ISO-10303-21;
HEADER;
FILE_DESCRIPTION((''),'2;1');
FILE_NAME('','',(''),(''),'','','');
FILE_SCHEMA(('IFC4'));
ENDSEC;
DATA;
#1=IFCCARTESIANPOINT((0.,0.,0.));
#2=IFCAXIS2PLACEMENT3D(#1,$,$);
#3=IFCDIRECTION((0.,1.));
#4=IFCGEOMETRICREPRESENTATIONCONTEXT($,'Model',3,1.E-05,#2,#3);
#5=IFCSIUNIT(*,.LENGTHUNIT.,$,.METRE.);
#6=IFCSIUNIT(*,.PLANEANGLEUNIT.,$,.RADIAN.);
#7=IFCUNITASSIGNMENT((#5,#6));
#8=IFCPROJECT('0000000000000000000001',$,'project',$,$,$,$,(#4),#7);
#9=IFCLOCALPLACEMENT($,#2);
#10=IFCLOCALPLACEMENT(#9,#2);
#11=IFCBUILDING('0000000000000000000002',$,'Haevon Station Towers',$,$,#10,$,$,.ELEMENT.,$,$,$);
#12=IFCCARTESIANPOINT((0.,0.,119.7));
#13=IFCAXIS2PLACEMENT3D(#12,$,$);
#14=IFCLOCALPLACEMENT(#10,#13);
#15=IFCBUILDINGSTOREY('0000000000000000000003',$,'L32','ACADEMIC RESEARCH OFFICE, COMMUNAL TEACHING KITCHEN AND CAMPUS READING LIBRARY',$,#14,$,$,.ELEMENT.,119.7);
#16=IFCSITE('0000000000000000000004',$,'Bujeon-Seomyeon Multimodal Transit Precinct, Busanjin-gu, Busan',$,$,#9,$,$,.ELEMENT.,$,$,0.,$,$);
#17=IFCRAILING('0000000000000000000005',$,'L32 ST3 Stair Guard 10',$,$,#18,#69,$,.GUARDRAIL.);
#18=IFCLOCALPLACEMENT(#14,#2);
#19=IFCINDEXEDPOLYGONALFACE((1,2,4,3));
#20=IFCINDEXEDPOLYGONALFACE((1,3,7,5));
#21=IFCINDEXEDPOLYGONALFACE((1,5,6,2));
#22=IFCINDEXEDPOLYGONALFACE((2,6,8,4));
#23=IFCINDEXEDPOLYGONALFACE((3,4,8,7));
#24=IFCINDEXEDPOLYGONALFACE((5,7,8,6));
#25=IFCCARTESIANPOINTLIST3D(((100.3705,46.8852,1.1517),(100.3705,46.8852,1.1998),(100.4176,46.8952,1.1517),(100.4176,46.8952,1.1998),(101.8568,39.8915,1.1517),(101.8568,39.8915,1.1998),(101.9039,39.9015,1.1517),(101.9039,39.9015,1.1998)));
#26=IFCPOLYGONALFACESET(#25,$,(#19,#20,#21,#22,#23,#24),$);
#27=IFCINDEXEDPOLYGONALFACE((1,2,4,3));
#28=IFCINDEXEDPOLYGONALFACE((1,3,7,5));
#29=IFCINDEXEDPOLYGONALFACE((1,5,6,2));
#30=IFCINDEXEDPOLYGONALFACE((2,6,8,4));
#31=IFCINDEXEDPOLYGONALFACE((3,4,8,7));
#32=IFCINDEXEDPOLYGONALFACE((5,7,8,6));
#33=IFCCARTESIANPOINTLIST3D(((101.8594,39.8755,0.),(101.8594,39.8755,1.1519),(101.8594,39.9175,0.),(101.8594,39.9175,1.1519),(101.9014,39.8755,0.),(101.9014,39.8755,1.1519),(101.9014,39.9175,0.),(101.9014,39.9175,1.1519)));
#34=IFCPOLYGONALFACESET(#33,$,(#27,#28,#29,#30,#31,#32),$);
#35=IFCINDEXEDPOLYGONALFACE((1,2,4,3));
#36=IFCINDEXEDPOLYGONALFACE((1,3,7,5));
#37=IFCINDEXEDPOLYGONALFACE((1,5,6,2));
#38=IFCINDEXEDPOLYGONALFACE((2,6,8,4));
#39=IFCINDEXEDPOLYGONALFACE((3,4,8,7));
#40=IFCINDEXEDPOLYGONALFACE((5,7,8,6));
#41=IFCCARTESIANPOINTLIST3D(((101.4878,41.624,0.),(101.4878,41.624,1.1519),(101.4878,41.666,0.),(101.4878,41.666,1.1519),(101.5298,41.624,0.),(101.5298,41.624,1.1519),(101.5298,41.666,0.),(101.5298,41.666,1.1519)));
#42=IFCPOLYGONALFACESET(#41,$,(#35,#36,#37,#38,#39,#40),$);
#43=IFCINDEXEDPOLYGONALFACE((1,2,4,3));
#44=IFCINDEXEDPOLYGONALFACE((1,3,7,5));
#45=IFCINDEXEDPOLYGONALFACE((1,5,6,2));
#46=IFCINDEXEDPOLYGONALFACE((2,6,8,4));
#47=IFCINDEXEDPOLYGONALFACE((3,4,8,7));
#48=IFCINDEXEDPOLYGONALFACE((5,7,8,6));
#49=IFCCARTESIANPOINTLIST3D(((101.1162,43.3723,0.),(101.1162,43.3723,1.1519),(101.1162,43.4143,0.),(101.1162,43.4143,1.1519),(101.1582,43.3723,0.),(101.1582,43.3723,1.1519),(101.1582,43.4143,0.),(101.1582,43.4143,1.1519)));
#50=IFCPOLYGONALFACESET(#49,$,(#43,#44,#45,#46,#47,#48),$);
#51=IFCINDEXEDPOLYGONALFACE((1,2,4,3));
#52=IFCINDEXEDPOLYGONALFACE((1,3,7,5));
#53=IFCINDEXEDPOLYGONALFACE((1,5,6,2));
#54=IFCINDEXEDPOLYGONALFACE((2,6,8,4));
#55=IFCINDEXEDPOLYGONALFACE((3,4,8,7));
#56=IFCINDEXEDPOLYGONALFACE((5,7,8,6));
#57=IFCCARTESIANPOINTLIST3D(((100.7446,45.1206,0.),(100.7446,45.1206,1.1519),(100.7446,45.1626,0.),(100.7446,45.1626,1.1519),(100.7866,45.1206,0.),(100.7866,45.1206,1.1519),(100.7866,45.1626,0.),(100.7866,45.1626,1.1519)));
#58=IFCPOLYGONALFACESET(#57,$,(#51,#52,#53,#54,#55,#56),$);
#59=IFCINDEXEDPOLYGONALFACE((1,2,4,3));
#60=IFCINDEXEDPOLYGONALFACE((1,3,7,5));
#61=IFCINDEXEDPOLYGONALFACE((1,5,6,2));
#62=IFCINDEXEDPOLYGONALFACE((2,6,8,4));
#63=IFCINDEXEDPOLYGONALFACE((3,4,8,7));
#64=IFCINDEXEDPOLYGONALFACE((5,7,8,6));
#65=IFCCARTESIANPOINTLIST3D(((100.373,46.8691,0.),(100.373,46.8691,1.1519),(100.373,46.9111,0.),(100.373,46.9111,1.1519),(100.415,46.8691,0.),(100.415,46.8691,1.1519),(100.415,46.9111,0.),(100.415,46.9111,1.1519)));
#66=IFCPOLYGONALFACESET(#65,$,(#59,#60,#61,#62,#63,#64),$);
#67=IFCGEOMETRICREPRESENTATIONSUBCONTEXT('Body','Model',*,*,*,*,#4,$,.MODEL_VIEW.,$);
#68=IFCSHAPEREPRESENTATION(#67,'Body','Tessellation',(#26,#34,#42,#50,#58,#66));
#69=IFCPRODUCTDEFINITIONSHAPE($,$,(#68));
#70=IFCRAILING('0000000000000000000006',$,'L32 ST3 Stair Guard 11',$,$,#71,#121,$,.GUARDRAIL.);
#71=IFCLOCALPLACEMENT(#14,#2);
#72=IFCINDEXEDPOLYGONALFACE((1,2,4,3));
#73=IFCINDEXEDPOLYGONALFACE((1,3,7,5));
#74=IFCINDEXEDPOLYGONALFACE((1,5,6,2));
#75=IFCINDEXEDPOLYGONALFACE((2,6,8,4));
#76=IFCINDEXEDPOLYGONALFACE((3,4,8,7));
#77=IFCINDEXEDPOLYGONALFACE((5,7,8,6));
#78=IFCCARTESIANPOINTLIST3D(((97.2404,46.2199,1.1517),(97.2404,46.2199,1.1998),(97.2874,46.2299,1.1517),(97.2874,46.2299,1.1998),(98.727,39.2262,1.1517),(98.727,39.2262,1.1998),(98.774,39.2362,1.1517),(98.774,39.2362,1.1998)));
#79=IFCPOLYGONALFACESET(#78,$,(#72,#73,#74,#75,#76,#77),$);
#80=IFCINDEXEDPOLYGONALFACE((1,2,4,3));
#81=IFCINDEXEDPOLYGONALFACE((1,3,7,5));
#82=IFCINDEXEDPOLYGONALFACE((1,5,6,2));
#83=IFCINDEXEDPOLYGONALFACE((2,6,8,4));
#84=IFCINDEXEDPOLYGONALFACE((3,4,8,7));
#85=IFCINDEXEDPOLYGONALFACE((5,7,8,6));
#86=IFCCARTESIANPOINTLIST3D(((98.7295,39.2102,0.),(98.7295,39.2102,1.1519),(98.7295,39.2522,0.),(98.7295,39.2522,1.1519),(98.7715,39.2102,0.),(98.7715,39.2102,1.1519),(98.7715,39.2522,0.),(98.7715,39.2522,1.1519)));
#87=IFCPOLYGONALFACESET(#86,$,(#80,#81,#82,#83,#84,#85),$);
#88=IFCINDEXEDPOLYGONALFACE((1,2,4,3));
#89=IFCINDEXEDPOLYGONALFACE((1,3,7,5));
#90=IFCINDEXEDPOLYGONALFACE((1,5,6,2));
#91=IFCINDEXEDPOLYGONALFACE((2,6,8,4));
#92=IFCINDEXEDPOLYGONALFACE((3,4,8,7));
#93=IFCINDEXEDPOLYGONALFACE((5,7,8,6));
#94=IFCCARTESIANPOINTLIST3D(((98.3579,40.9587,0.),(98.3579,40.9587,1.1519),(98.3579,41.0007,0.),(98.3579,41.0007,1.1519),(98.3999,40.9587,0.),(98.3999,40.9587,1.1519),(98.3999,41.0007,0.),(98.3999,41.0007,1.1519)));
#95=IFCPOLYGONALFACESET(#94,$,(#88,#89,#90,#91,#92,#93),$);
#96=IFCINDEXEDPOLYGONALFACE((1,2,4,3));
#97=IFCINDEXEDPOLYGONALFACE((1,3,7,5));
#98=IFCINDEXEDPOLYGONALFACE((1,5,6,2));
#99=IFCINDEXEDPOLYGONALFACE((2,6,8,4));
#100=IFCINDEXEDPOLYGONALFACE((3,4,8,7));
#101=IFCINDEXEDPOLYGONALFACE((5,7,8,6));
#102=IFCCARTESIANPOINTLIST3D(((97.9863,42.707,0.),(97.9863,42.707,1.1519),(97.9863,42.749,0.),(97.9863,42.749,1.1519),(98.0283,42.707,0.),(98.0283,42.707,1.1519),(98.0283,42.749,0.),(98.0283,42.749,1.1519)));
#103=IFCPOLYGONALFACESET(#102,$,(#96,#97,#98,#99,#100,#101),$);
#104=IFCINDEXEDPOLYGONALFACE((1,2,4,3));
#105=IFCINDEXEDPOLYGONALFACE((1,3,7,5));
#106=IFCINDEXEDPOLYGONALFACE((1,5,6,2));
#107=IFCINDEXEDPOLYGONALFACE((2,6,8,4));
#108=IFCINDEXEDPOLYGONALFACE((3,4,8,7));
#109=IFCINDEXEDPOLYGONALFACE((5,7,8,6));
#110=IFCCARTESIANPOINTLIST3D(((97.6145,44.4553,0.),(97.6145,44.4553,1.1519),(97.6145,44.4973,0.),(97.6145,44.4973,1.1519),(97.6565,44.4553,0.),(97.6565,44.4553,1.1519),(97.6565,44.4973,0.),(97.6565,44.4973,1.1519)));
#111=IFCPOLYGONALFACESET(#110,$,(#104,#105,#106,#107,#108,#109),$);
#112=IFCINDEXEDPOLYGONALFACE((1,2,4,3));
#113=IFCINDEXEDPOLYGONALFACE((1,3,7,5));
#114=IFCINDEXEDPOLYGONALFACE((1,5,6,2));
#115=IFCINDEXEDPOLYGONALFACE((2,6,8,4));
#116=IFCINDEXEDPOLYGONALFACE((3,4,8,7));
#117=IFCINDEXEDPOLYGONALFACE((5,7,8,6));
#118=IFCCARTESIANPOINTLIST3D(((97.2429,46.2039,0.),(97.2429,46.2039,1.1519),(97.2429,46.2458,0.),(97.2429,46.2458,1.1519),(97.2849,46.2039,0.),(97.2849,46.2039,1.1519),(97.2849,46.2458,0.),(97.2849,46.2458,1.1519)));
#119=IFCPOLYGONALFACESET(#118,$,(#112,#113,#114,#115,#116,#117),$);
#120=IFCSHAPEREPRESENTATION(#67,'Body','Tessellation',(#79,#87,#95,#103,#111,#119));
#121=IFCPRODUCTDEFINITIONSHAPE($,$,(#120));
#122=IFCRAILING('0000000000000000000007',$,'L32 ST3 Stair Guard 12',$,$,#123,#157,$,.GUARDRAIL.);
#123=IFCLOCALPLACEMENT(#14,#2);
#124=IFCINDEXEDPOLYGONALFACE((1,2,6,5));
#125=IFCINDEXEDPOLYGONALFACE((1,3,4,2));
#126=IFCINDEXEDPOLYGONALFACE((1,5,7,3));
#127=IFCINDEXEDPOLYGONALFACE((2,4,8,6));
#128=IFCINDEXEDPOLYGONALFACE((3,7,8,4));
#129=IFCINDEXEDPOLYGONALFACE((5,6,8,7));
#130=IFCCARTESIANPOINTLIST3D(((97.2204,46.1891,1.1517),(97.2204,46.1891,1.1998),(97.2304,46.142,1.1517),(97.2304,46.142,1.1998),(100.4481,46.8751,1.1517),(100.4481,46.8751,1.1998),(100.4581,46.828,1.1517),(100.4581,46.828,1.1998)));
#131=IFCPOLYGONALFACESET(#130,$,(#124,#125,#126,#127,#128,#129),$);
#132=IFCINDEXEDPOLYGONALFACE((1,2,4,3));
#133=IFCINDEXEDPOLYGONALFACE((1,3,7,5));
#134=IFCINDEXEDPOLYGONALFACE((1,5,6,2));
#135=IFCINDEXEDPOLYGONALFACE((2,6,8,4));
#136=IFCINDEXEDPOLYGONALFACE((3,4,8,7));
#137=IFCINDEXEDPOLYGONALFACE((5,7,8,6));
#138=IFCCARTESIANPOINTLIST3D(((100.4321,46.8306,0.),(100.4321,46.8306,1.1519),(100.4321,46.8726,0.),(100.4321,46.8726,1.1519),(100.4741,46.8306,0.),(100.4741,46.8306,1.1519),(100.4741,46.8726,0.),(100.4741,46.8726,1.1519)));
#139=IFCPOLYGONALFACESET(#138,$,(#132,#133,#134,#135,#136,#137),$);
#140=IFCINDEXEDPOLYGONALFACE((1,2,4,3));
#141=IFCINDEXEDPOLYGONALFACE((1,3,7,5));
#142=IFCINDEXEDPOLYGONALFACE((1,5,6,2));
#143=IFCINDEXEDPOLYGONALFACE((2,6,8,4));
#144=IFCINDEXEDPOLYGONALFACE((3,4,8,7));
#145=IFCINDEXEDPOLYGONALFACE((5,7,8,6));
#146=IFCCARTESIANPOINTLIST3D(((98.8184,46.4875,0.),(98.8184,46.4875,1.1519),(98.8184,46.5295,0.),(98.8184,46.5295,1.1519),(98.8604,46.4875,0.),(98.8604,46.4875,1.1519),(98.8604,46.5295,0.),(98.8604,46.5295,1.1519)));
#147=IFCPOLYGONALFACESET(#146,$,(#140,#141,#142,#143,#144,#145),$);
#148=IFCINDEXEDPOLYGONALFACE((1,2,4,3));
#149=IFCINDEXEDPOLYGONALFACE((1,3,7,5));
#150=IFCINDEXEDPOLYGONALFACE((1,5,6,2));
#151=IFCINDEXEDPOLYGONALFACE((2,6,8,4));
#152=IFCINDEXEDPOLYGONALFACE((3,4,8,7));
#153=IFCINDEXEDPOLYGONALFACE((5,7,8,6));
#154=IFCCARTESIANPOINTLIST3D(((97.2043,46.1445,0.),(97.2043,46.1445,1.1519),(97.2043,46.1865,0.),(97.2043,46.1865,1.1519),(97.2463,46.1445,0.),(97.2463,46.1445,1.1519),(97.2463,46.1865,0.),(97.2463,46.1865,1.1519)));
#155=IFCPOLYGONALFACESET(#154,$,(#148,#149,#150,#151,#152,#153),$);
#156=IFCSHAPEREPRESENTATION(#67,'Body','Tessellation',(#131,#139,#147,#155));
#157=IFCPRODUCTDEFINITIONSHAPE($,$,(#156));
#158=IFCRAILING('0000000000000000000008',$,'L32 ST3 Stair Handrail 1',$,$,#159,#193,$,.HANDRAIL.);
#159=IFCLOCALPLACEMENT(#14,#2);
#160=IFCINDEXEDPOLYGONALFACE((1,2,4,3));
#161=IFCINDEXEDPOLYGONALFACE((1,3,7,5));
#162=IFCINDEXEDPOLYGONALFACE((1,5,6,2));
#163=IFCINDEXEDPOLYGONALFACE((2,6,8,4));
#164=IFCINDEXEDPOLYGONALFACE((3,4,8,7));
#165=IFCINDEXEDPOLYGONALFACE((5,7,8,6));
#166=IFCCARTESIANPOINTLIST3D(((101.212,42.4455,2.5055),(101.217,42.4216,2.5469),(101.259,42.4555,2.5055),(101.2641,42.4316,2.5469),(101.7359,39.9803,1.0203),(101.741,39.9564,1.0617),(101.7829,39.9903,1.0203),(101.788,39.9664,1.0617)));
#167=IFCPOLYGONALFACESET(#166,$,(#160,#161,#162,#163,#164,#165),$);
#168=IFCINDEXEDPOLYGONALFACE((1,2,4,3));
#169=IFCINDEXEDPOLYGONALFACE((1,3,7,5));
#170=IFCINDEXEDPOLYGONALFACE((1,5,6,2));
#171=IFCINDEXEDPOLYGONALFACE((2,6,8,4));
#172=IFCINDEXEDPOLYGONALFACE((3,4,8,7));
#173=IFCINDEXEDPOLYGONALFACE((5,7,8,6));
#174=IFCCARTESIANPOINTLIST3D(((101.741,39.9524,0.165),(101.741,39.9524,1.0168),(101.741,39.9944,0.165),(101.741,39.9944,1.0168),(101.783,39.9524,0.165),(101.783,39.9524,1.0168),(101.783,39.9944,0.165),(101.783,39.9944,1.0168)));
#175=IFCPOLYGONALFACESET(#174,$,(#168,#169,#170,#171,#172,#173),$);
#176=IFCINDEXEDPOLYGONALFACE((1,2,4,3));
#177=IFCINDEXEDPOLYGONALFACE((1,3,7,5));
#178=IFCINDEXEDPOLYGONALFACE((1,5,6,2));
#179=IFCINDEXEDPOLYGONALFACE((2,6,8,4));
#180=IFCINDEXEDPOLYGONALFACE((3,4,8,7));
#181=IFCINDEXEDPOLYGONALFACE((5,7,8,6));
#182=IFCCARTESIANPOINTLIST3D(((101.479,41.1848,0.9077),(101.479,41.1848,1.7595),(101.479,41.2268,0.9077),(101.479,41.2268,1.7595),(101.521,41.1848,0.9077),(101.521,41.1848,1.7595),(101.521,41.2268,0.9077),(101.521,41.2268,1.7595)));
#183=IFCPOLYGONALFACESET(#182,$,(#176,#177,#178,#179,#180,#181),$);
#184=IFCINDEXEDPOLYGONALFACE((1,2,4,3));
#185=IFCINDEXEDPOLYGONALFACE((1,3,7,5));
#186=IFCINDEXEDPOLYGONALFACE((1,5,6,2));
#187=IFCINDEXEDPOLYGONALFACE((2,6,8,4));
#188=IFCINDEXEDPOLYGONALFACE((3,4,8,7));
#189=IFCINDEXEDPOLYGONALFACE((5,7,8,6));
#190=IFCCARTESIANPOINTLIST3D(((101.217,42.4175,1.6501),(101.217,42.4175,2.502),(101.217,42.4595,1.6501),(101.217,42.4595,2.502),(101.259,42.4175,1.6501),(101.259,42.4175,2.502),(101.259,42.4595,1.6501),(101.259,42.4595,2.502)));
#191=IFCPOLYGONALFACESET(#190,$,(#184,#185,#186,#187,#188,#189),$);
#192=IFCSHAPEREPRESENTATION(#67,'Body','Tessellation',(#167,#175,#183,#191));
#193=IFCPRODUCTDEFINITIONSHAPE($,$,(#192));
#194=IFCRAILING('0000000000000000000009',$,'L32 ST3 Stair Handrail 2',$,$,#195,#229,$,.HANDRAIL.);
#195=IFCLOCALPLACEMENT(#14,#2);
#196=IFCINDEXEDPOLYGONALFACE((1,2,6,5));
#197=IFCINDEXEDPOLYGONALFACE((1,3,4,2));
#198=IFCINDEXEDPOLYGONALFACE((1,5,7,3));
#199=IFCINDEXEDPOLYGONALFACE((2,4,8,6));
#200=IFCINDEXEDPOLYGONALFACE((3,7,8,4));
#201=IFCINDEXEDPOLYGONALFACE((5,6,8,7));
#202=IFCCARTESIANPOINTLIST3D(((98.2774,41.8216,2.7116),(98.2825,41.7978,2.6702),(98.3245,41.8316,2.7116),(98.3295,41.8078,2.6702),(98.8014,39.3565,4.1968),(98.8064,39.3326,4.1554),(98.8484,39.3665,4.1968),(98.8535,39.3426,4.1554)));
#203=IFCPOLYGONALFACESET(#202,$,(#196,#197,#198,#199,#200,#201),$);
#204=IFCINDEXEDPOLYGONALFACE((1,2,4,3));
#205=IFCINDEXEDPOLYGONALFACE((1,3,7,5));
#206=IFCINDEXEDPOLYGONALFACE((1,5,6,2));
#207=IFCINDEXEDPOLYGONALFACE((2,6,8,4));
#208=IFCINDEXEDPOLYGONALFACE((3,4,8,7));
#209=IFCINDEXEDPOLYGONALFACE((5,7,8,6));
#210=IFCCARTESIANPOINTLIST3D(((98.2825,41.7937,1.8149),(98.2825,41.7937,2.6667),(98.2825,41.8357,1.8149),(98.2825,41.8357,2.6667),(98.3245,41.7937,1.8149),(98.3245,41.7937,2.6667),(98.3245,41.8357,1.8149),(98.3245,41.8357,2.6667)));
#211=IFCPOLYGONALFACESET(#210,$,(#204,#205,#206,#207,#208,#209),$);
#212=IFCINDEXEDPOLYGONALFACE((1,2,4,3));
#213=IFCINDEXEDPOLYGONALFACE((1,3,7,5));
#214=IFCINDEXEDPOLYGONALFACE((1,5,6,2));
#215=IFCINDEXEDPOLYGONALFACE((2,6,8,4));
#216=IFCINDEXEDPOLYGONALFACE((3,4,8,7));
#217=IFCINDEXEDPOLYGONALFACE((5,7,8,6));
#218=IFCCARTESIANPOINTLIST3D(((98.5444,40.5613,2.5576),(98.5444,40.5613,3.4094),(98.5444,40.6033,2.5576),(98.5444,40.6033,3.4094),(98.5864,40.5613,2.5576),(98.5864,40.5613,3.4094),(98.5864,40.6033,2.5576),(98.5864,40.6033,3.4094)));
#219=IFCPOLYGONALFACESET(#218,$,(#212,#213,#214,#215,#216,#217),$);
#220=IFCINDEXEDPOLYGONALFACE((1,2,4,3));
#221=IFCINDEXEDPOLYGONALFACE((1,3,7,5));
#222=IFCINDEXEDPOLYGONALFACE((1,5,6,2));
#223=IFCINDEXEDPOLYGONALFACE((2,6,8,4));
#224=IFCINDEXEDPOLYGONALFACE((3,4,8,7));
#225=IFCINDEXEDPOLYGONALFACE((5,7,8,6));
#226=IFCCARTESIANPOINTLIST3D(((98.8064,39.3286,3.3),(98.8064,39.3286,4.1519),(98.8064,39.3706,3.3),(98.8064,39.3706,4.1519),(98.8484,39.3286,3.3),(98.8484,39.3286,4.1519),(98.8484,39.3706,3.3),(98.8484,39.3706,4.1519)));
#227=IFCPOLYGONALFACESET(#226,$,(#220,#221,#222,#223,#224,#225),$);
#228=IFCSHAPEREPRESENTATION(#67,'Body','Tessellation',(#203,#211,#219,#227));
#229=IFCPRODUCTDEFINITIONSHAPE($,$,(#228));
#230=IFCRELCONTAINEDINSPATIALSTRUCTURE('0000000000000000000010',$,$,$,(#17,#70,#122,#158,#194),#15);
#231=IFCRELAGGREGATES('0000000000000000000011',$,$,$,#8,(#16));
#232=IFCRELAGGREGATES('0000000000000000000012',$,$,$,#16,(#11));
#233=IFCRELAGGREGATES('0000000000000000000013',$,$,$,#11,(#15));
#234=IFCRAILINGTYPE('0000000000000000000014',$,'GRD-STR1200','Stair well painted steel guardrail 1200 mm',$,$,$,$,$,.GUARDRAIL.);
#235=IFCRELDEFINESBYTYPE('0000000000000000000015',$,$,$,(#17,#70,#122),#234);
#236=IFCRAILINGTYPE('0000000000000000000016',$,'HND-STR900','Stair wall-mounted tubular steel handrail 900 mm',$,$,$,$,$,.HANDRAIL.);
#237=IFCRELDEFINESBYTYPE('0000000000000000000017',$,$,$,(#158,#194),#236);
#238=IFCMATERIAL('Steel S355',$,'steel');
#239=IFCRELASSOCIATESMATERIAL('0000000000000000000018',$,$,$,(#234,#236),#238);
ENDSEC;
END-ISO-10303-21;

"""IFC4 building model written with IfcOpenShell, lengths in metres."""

from ifc_helpers import new_model, si_unit, direction, frame, origin, origin_2d, place, context, subcontext, project, spatial, rectangle, extrude, material, type_object, element, save


model = new_model("IFC4")

# Units and contexts
model_context = context("Model", 3, precision=1e-05, world=origin(), true_north=direction((0.0, 1.0)))
body_context = subcontext(model_context, "Body", "Model", "MODEL_VIEW")
ifc_project = project(units=[si_unit("LENGTHUNIT", "METRE"), si_unit("PLANEANGLEUNIT", "RADIAN")], contexts=[model_context])

# Site, building, storey
site_placement = place(None, origin())
site = spatial("IfcSite", under=ifc_project, at=site_placement, Name="Bujeon-Seomyeon Multimodal Transit Precinct, Busanjin-gu, Busan", CompositionType="ELEMENT", RefElevation=0.0)
building_placement = place(site_placement, origin())
building = spatial("IfcBuilding", under=site, at=building_placement, Name="Haevon Station Towers", CompositionType="ELEMENT")
storey_placement = place(building_placement, frame((0.0, 0.0, 119.7)))
storey = spatial("IfcBuildingStorey", under=building, at=storey_placement, Name="L32", Description="ACADEMIC RESEARCH OFFICE, COMMUNAL TEACHING KITCHEN AND CAMPUS READING LIBRARY", CompositionType="ELEMENT", Elevation=119.7)

# Shared definitions
ifc_material_1 = material(Name="Steel S355", Category="steel")

# Railings
railing_type_1 = type_object("IfcRailingType", Name="GRD-STR1200", Description="Stair well painted steel guardrail 1200 mm", PredefinedType="GUARDRAIL", material=ifc_material_1)
railing_1_placement = place(storey_placement, frame((101.8804, 39.8965, 0.0)))
element("IfcRailing", 1, at=railing_1_placement, inside=storey, type_object=railing_type_1, Name="L32 ST3 Stair Guard 10", PredefinedType="GUARDRAIL", context=body_context, shape_type="SweptSolid", body=[
    extrude(rectangle(XDim=0.0481, YDim=0.0481, at=origin_2d()), frame((0.0, 0.0, 1.1758), z_axis=(-0.207882, 0.978154, 0.0), x_axis=(-0.978154, -0.207882, 0.0)), (0.0, 0.0, 1.0), 7.1499),
    extrude(rectangle(XDim=0.042, YDim=0.042, at=origin_2d()), origin(), (0.0, 0.0, 1.0), 1.1519),
    extrude(rectangle(XDim=0.042, YDim=0.042, at=origin_2d()), frame((-0.3716, 1.7485, 0.0)), (0.0, 0.0, 1.0), 1.1519),
    extrude(rectangle(XDim=0.042, YDim=0.042, at=origin_2d()), frame((-0.7432, 3.4968, 0.0)), (0.0, 0.0, 1.0), 1.1519),
    extrude(rectangle(XDim=0.042, YDim=0.042, at=origin_2d()), frame((-1.1147, 5.2451, 0.0)), (0.0, 0.0, 1.0), 1.1519),
    extrude(rectangle(XDim=0.042, YDim=0.042, at=origin_2d()), frame((-1.4863, 6.9937, 0.0)), (0.0, 0.0, 1.0), 1.1519),
])
railing_2_placement = place(storey_placement, frame((98.7505, 39.2312, 0.0)))
element("IfcRailing", 2, at=railing_2_placement, inside=storey, type_object=railing_type_1, Name="L32 ST3 Stair Guard 11", PredefinedType="GUARDRAIL", context=body_context, shape_type="SweptSolid", body=[
    extrude(rectangle(XDim=0.0481, YDim=0.0481, at=origin_2d()), frame((0.0, 0.0, 1.1758), z_axis=(-0.207915, 0.978147, 0.0), x_axis=(-0.978147, -0.207915, 0.0)), (0.0, 0.0, 1.0), 7.1499),
    extrude(rectangle(XDim=0.042, YDim=0.042, at=origin_2d()), origin(), (0.0, 0.0, 1.0), 1.1519),
    extrude(rectangle(XDim=0.042, YDim=0.042, at=origin_2d()), frame((-0.3716, 1.7485, 0.0)), (0.0, 0.0, 1.0), 1.1519),
    extrude(rectangle(XDim=0.042, YDim=0.042, at=origin_2d()), frame((-0.7432, 3.4968, 0.0)), (0.0, 0.0, 1.0), 1.1519),
    extrude(rectangle(XDim=0.042, YDim=0.042, at=origin_2d()), frame((-1.115, 5.2451, 0.0)), (0.0, 0.0, 1.0), 1.1519),
    extrude(rectangle(XDim=0.042, YDim=0.042, at=origin_2d()), frame((-1.4866, 6.9937, 0.0)), (0.0, 0.0, 1.0), 1.1519),
])
railing_3_placement = place(storey_placement, frame((100.4531, 46.8516, 0.0)))
element("IfcRailing", 3, at=railing_3_placement, inside=storey, type_object=railing_type_1, Name="L32 ST3 Stair Guard 12", PredefinedType="GUARDRAIL", context=body_context, shape_type="SweptSolid", body=[
    extrude(rectangle(XDim=0.0481, YDim=0.0481, at=origin_2d()), frame((0.0, 0.0, 1.1758), z_axis=(-0.978151, -0.207897, 0.0), x_axis=(0.207897, -0.978151, 0.0)), (0.0, 0.0, 1.0), 3.2998),
    extrude(rectangle(XDim=0.042, YDim=0.042, at=origin_2d()), origin(), (0.0, 0.0, 1.0), 1.1519),
    extrude(rectangle(XDim=0.042, YDim=0.042, at=origin_2d()), frame((-1.6138, -0.343, 0.0)), (0.0, 0.0, 1.0), 1.1519),
    extrude(rectangle(XDim=0.042, YDim=0.042, at=origin_2d()), frame((-3.2278, -0.686, 0.0)), (0.0, 0.0, 1.0), 1.1519),
])
railing_type_2 = type_object("IfcRailingType", Name="HND-STR900", Description="Stair wall-mounted tubular steel handrail 900 mm", PredefinedType="HANDRAIL", material=ifc_material_1)
railing_4_placement = place(storey_placement, frame((101.762, 39.9734, 0.165)))
element("IfcRailing", 4, at=railing_4_placement, inside=storey, type_object=railing_type_2, Name="L32 ST3 Stair Handrail 1", PredefinedType="HANDRAIL", context=body_context, shape_type="SweptSolid", body=[
    extrude(rectangle(XDim=0.0481, YDim=0.0481, at=origin_2d()), frame((0.0, 0.0, 0.876), z_axis=(-0.179109, 0.842712, 0.507697), x_axis=(-0.978151, -0.207895, 0.0)), (0.0, 0.0, 1.0), 2.9253),
    extrude(rectangle(XDim=0.042, YDim=0.042, at=origin_2d()), origin(), (0.0, 0.0, 1.0), 0.8518),
    extrude(rectangle(XDim=0.042, YDim=0.042, at=origin_2d()), frame((-0.262, 1.2324, 0.7427)), (0.0, 0.0, 1.0), 0.8518),
    extrude(rectangle(XDim=0.042, YDim=0.042, at=origin_2d()), frame((-0.5239, 2.4651, 1.4851)), (0.0, 0.0, 1.0), 0.8518),
])
railing_5_placement = place(storey_placement, frame((98.3035, 41.8147, 1.8149)))
element("IfcRailing", 5, at=railing_5_placement, inside=storey, type_object=railing_type_2, Name="L32 ST3 Stair Handrail 2", PredefinedType="HANDRAIL", context=body_context, shape_type="SweptSolid", body=[
    extrude(rectangle(XDim=0.0481, YDim=0.0481, at=origin_2d()), frame((0.0, 0.0, 0.876), z_axis=(0.179109, -0.842712, 0.507697), x_axis=(0.978151, 0.207895, 0.0)), (0.0, 0.0, 1.0), 2.9253),
    extrude(rectangle(XDim=0.042, YDim=0.042, at=origin_2d()), origin(), (0.0, 0.0, 1.0), 0.8518),
    extrude(rectangle(XDim=0.042, YDim=0.042, at=origin_2d()), frame((0.262, -1.2324, 0.7427)), (0.0, 0.0, 1.0), 0.8518),
    extrude(rectangle(XDim=0.042, YDim=0.042, at=origin_2d()), frame((0.5239, -2.4651, 1.4851)), (0.0, 0.0, 1.0), 0.8518),
])

save(model, "model.ifc")
